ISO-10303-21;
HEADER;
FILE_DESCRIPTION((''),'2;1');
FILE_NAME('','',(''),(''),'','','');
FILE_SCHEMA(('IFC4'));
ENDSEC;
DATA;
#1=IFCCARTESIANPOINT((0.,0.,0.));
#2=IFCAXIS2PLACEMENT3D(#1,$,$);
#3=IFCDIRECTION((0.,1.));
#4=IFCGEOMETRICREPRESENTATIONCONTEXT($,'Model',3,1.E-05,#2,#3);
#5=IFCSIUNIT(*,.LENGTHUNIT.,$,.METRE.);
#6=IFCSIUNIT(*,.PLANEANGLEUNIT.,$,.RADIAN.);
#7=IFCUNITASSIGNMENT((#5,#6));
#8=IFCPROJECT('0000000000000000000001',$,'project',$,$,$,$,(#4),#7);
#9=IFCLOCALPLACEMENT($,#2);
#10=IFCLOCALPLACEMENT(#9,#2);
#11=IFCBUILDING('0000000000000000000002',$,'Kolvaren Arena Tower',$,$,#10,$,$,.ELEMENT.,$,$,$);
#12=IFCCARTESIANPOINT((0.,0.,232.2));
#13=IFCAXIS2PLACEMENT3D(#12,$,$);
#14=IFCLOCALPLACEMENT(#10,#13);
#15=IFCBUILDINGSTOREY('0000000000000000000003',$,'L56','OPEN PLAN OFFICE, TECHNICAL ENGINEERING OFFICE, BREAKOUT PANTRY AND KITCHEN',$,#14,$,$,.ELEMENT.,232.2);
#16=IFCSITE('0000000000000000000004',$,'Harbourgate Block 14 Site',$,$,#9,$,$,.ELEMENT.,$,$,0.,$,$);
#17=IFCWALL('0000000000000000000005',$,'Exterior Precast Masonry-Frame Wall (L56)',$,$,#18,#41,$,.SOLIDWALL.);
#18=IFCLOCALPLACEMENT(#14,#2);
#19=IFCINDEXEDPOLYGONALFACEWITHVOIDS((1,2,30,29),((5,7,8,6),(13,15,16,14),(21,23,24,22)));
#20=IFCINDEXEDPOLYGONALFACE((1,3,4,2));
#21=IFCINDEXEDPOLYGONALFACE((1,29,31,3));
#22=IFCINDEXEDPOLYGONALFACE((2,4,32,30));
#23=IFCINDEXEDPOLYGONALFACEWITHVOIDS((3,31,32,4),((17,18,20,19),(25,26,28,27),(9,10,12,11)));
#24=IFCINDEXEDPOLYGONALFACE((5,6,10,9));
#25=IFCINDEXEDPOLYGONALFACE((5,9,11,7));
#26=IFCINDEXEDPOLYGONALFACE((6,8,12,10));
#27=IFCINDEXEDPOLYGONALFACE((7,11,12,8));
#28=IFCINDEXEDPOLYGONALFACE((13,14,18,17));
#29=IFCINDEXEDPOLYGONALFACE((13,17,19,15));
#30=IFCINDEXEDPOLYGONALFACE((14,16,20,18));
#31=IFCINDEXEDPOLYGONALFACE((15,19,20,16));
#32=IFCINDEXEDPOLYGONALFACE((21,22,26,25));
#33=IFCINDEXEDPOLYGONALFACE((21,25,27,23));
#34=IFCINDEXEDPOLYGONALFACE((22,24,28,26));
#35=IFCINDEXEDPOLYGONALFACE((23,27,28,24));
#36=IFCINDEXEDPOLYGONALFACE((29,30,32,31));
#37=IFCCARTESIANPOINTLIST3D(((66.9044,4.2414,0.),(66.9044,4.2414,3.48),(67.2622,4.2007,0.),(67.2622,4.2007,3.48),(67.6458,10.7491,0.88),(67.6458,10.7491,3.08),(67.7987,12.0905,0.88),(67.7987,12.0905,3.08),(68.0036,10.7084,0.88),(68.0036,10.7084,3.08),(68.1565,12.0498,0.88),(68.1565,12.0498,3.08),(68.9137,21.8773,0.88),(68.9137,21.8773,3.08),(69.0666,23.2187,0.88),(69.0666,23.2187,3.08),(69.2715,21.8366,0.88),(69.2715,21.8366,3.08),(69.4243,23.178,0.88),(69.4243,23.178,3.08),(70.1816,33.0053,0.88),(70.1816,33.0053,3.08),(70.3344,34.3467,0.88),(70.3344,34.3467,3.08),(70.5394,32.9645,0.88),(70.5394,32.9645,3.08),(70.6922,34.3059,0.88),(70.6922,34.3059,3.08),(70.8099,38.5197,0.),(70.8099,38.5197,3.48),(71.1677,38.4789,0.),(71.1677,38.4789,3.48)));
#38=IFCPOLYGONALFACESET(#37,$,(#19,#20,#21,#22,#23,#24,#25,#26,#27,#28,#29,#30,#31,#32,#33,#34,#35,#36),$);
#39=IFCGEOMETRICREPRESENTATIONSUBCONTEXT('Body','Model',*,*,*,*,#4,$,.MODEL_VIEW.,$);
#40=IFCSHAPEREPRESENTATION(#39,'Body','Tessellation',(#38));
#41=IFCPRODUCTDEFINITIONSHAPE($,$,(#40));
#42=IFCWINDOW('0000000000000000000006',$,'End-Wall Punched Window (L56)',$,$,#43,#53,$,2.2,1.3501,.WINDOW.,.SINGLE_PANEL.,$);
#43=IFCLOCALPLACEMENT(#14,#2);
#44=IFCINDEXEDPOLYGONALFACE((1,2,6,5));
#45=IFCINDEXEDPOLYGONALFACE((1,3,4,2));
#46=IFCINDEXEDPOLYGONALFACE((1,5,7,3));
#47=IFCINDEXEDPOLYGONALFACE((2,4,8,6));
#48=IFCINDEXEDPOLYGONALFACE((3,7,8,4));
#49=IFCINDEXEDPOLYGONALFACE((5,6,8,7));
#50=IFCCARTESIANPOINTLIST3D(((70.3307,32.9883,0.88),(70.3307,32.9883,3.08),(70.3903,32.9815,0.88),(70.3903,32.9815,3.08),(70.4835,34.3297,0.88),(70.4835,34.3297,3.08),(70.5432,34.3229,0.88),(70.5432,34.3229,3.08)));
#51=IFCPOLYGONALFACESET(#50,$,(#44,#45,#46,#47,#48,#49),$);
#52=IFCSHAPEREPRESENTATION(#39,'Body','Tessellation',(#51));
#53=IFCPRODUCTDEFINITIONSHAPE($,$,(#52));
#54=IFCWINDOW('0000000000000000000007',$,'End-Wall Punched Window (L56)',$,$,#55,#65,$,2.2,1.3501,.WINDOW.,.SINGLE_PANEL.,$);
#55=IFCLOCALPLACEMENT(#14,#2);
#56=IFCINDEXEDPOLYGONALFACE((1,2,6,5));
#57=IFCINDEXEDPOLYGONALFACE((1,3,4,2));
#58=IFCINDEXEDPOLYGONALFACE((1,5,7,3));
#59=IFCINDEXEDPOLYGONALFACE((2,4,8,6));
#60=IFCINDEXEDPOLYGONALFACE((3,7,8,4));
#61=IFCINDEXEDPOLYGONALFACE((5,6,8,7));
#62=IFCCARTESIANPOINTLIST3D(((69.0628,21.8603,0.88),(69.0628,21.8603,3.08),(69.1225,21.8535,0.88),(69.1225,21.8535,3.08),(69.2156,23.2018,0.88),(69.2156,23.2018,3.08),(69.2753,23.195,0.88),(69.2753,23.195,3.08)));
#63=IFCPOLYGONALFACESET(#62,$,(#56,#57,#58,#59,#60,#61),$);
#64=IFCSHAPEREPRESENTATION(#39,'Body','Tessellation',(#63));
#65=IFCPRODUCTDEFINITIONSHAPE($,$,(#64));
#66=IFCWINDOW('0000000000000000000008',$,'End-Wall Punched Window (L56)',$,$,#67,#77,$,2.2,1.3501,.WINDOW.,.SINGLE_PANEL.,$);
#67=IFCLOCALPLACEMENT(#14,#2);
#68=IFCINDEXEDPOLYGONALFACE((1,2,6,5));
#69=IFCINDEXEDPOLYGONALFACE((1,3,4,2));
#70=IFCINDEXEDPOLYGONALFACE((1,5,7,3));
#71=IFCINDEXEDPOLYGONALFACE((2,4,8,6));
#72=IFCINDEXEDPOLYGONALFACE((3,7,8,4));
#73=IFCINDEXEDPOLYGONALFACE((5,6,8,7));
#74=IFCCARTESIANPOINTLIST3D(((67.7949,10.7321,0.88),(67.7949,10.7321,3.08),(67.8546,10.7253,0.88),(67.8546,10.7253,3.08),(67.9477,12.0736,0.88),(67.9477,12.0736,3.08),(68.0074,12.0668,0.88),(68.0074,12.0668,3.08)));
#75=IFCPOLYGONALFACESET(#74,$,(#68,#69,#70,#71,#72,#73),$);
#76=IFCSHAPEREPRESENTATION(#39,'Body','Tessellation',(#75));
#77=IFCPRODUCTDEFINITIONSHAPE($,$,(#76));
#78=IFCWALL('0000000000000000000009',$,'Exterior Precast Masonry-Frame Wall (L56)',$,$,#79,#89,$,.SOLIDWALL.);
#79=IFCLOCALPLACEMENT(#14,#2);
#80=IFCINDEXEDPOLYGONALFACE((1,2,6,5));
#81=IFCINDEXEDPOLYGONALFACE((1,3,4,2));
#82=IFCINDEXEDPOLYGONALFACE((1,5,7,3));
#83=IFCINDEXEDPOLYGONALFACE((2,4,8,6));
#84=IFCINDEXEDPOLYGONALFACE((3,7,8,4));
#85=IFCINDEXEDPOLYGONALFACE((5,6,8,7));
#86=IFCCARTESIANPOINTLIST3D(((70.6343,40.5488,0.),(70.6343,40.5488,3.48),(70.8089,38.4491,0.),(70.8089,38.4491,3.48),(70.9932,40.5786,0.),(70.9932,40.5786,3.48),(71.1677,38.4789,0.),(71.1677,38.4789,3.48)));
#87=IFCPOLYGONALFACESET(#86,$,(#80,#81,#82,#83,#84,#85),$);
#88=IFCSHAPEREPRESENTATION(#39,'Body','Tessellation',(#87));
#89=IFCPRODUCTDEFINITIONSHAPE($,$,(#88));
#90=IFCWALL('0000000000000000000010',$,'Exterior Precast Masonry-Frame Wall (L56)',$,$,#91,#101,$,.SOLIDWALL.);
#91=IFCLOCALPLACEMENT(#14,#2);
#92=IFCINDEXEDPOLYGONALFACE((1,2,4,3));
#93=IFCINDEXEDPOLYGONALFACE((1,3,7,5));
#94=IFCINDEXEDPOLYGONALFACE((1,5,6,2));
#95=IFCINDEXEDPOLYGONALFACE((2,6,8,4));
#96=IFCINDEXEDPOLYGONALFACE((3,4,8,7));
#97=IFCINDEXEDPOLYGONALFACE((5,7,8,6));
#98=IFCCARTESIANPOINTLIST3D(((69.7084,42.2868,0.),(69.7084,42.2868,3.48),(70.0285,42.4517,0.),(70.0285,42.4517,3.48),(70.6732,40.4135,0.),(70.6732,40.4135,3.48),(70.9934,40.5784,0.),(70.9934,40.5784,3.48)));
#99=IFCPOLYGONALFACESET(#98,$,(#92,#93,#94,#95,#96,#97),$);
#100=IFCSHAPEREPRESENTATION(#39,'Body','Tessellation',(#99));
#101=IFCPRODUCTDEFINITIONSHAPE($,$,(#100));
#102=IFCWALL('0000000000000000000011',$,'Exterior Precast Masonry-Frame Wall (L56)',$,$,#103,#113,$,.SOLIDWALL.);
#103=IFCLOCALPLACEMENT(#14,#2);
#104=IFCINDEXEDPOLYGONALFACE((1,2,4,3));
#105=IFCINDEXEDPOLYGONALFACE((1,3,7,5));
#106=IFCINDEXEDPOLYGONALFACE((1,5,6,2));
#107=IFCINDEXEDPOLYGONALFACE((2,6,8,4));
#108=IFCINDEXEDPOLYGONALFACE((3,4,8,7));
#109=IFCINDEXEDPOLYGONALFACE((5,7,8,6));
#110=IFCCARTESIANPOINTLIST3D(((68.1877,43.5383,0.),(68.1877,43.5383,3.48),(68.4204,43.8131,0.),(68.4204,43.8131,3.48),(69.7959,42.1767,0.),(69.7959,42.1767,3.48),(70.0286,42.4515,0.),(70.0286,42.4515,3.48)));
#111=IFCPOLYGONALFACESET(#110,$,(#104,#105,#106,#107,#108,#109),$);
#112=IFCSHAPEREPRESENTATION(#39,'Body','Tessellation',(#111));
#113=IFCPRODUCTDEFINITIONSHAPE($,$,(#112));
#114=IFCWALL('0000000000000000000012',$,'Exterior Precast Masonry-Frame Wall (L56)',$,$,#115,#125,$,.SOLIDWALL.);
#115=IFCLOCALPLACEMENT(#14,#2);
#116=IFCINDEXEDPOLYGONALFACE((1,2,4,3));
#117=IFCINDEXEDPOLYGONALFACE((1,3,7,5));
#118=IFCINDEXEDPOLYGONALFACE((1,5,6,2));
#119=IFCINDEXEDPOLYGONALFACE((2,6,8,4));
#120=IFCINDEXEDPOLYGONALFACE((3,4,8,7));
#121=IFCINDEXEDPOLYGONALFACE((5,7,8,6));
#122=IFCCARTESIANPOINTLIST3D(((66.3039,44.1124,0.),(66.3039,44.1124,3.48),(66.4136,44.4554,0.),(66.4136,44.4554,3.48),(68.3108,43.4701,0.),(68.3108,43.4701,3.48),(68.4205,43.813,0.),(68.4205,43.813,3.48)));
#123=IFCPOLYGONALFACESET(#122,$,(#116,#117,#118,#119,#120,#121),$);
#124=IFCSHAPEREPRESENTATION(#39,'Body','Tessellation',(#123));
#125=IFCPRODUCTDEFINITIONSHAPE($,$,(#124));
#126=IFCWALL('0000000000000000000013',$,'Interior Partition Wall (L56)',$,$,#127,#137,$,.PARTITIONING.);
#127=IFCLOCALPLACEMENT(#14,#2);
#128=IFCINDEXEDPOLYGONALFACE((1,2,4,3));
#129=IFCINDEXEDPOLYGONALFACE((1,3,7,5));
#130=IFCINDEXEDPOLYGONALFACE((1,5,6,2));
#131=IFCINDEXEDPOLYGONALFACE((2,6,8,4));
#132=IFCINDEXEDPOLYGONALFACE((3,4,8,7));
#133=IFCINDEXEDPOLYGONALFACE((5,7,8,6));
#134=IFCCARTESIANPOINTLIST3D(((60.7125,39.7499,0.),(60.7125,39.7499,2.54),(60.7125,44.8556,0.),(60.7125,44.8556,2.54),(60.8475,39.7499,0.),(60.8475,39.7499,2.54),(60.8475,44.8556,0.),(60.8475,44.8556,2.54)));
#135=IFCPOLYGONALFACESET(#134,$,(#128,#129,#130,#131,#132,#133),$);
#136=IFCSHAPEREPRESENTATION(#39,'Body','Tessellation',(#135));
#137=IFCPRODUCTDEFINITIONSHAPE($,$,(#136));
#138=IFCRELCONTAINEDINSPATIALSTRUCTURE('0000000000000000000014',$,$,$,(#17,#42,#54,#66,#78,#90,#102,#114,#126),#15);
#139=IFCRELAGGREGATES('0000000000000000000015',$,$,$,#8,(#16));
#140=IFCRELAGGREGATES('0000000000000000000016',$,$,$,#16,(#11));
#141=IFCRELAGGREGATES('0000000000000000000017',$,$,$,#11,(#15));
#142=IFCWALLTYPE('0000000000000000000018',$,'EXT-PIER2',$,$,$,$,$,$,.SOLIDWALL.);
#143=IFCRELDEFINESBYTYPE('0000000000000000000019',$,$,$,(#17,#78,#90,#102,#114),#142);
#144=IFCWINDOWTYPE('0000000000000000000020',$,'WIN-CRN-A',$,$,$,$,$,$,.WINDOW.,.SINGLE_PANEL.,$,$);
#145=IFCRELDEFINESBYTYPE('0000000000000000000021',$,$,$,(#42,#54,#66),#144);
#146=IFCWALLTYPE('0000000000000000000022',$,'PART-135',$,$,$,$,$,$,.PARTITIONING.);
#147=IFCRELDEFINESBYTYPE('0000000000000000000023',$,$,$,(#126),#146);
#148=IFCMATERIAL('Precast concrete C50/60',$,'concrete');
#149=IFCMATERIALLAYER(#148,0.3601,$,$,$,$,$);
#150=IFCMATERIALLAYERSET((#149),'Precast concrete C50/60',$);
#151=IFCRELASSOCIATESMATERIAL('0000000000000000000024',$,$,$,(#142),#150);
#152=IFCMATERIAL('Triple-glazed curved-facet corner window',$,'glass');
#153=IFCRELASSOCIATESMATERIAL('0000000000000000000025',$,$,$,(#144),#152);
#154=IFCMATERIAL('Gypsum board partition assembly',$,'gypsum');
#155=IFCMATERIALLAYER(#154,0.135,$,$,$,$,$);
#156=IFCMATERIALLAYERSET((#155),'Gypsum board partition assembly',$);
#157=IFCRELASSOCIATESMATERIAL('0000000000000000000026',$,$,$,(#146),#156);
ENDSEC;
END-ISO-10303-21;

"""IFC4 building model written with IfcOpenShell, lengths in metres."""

from ifc_helpers import new_model, si_unit, direction, frame, frame_2d, origin, place, context, subcontext, project, spatial, rectangle, extrude, material, layer, layer_set, type_object, element, fill, save


model = new_model("IFC4")

# Units and contexts
model_context = context("Model", 3, precision=1e-05, world=origin(), true_north=direction((0.0, 1.0)))
body_context = subcontext(model_context, "Body", "Model", "MODEL_VIEW")
ifc_project = project(units=[si_unit("LENGTHUNIT", "METRE"), si_unit("PLANEANGLEUNIT", "RADIAN")], contexts=[model_context])

# Site, building, storey
site_placement = place(None, origin())
site = spatial("IfcSite", under=ifc_project, at=site_placement, Name="Harbourgate Block 14 Site", CompositionType="ELEMENT", RefElevation=0.0)
building_placement = place(site_placement, origin())
building = spatial("IfcBuilding", under=site, at=building_placement, Name="Kolvaren Arena Tower", CompositionType="ELEMENT")
storey_placement = place(building_placement, frame((0.0, 0.0, 232.2)))
storey = spatial("IfcBuildingStorey", under=building, at=storey_placement, Name="L56", Description="OPEN PLAN OFFICE, TECHNICAL ENGINEERING OFFICE, BREAKOUT PANTRY AND KITCHEN", CompositionType="ELEMENT", Elevation=232.2)

# Wall, openings, windows
ifc_material_1 = material(Name="Precast concrete C50/60", Category="concrete")
ifc_layer_1 = layer(ifc_material_1, 0.3601)
ifc_layer_set_1 = layer_set([ifc_layer_1], Name="Precast concrete C50/60")
wall_type_1 = type_object("IfcWallType", Name="EXT-PIER2", PredefinedType="SOLIDWALL", material=ifc_layer_set_1)
wall_1_placement = place(storey_placement, frame((70.9888, 38.4993, 0.0), z_axis=(0.0, 0.0, 1.0), x_axis=(-0.113203, -0.993572, 0.0)))
wall_1 = element("IfcWall", 1, at=wall_1_placement, inside=storey, type_object=wall_type_1, Name="Exterior Precast Masonry-Frame Wall (L56)", PredefinedType="SOLIDWALL", context=body_context, shape_type="SweptSolid", body=[
    extrude(rectangle(XDim=34.5, YDim=0.3601, at=frame_2d((17.25, 0.0))), origin(), (0.0, 0.0, 1.0), 3.48),
])
opening_1_placement = place(wall_1_placement, frame((4.2, 0.0, 0.8799)))
opening_1 = element("IfcOpeningElement", 2, at=opening_1_placement, cuts=wall_1, PredefinedType="OPENING", context=body_context, shape_type="SweptSolid", body=[
    extrude(rectangle(XDim=1.3501, YDim=2.2, at=frame_2d((0.675, 1.1001))), frame((0.0, 0.1899, 0.0), z_axis=(0.0, -1.0, 0.0), x_axis=(1.0, 0.0, 0.0)), (0.0, 0.0, 1.0), 0.3801),
])
opening_2_placement = place(wall_1_placement, frame((15.3999, 0.0, 0.8799)))
opening_2 = element("IfcOpeningElement", 3, at=opening_2_placement, cuts=wall_1, PredefinedType="OPENING", context=body_context, shape_type="SweptSolid", body=[
    extrude(rectangle(XDim=1.3501, YDim=2.2, at=frame_2d((0.675, 1.1001))), frame((0.0, 0.1899, 0.0), z_axis=(0.0, -1.0, 0.0), x_axis=(1.0, 0.0, 0.0)), (0.0, 0.0, 1.0), 0.3801),
])
opening_3_placement = place(wall_1_placement, frame((26.6001, 0.0, 0.8799)))
opening_3 = element("IfcOpeningElement", 4, at=opening_3_placement, cuts=wall_1, PredefinedType="OPENING", context=body_context, shape_type="SweptSolid", body=[
    extrude(rectangle(XDim=1.3501, YDim=2.2, at=frame_2d((0.675, 1.1001))), frame((0.0, 0.1899, 0.0), z_axis=(0.0, -1.0, 0.0), x_axis=(1.0, 0.0, 0.0)), (0.0, 0.0, 1.0), 0.3801),
])
ifc_material_2 = material(Name="Triple-glazed curved-facet corner window", Category="glass")
window_type = type_object("IfcWindowType", Name="WIN-CRN-A", PartitioningType="SINGLE_PANEL", PredefinedType="WINDOW", material=ifc_material_2)
window_1_placement = place(opening_1_placement, origin())
window_1 = element("IfcWindow", 5, at=window_1_placement, inside=storey, type_object=window_type, Name="End-Wall Punched Window (L56)", OverallHeight=2.2, OverallWidth=1.3501, PartitioningType="SINGLE_PANEL", PredefinedType="WINDOW", context=body_context, shape_type="SweptSolid", body=[
    extrude(rectangle(XDim=1.3501, YDim=2.2, at=frame_2d((0.675, 1.1001))), frame((0.0, 0.03, 0.0), z_axis=(0.0, -1.0, 0.0), x_axis=(1.0, 0.0, 0.0)), (0.0, 0.0, 1.0), 0.0601),
])
fill(opening_1, window_1)
window_2_placement = place(opening_2_placement, origin())
window_2 = element("IfcWindow", 6, at=window_2_placement, inside=storey, type_object=window_type, Name="End-Wall Punched Window (L56)", OverallHeight=2.2, OverallWidth=1.3501, PartitioningType="SINGLE_PANEL", PredefinedType="WINDOW", context=body_context, shape_type="SweptSolid", body=[
    extrude(rectangle(XDim=1.3501, YDim=2.2, at=frame_2d((0.675, 1.1001))), frame((0.0, 0.03, 0.0), z_axis=(0.0, -1.0, 0.0), x_axis=(1.0, 0.0, 0.0)), (0.0, 0.0, 1.0), 0.0601),
])
fill(opening_2, window_2)
window_3_placement = place(opening_3_placement, origin())
window_3 = element("IfcWindow", 7, at=window_3_placement, inside=storey, type_object=window_type, Name="End-Wall Punched Window (L56)", OverallHeight=2.2, OverallWidth=1.3501, PartitioningType="SINGLE_PANEL", PredefinedType="WINDOW", context=body_context, shape_type="SweptSolid", body=[
    extrude(rectangle(XDim=1.3501, YDim=2.2, at=frame_2d((0.675, 1.1001))), frame((0.0, 0.03, 0.0), z_axis=(0.0, -1.0, 0.0), x_axis=(1.0, 0.0, 0.0)), (0.0, 0.0, 1.0), 0.0601),
])
fill(opening_3, window_3)

# Walls
wall_2_placement = place(storey_placement, frame((70.8137, 40.5637, 0.0), z_axis=(0.0, 0.0, 1.0), x_axis=(0.082854, -0.996562, 0.0)))
element("IfcWall", 8, at=wall_2_placement, inside=storey, type_object=wall_type_1, Name="Exterior Precast Masonry-Frame Wall (L56)", PredefinedType="SOLIDWALL", context=body_context, shape_type="SweptSolid", body=[
    extrude(rectangle(XDim=2.1069, YDim=0.3601, at=frame_2d((1.0535, 0.0))), origin(), (0.0, 0.0, 1.0), 3.48),
])
for number, where, z_axis, x_axis, name in (
    (9, (69.8684, 42.3694, 0.0), (0.0, 0.0, 1.0), (0.457887, -0.88901, 0.0), "Exterior Precast Masonry-Frame Wall (L56)"),
    (10, (68.304, 43.6758, 0.0), (0.0, 0.0, 1.0), (0.763193, -0.646171, 0.0), "Exterior Precast Masonry-Frame Wall (L56)"),
    (11, (66.3586, 44.2839, 0.0), (0.0, 0.0, 1.0), (0.952404, -0.304839, 0.0), "Exterior Precast Masonry-Frame Wall (L56)"),
):
    element("IfcWall", number, at=place(storey_placement, frame(where, z_axis=z_axis, x_axis=x_axis)), inside=storey, type_object=wall_type_1, Name=name, PredefinedType="SOLIDWALL", context=body_context, shape_type="SweptSolid", body=[
        extrude(rectangle(XDim=2.1072, YDim=0.3601, at=frame_2d((1.0537, 0.0))), origin(), (0.0, 0.0, 1.0), 3.48),
    ])
ifc_material_3 = material(Name="Gypsum board partition assembly", Category="gypsum")
ifc_layer_2 = layer(ifc_material_3, 0.135)
ifc_layer_set_2 = layer_set([ifc_layer_2], Name="Gypsum board partition assembly")
wall_type_2 = type_object("IfcWallType", Name="PART-135", PredefinedType="PARTITIONING", material=ifc_layer_set_2)
wall_3_placement = place(storey_placement, frame((60.78, 39.75, 0.0), z_axis=(0.0, 0.0, 1.0), x_axis=(0.0, 1.0, 0.0)))
element("IfcWall", 12, at=wall_3_placement, inside=storey, type_object=wall_type_2, Name="Interior Partition Wall (L56)", PredefinedType="PARTITIONING", context=body_context, shape_type="SweptSolid", body=[
    extrude(rectangle(XDim=5.1057, YDim=0.135, at=frame_2d((2.5527, 0.0))), origin(), (0.0, 0.0, 1.0), 2.54),
])

save(model, "model.ifc")
